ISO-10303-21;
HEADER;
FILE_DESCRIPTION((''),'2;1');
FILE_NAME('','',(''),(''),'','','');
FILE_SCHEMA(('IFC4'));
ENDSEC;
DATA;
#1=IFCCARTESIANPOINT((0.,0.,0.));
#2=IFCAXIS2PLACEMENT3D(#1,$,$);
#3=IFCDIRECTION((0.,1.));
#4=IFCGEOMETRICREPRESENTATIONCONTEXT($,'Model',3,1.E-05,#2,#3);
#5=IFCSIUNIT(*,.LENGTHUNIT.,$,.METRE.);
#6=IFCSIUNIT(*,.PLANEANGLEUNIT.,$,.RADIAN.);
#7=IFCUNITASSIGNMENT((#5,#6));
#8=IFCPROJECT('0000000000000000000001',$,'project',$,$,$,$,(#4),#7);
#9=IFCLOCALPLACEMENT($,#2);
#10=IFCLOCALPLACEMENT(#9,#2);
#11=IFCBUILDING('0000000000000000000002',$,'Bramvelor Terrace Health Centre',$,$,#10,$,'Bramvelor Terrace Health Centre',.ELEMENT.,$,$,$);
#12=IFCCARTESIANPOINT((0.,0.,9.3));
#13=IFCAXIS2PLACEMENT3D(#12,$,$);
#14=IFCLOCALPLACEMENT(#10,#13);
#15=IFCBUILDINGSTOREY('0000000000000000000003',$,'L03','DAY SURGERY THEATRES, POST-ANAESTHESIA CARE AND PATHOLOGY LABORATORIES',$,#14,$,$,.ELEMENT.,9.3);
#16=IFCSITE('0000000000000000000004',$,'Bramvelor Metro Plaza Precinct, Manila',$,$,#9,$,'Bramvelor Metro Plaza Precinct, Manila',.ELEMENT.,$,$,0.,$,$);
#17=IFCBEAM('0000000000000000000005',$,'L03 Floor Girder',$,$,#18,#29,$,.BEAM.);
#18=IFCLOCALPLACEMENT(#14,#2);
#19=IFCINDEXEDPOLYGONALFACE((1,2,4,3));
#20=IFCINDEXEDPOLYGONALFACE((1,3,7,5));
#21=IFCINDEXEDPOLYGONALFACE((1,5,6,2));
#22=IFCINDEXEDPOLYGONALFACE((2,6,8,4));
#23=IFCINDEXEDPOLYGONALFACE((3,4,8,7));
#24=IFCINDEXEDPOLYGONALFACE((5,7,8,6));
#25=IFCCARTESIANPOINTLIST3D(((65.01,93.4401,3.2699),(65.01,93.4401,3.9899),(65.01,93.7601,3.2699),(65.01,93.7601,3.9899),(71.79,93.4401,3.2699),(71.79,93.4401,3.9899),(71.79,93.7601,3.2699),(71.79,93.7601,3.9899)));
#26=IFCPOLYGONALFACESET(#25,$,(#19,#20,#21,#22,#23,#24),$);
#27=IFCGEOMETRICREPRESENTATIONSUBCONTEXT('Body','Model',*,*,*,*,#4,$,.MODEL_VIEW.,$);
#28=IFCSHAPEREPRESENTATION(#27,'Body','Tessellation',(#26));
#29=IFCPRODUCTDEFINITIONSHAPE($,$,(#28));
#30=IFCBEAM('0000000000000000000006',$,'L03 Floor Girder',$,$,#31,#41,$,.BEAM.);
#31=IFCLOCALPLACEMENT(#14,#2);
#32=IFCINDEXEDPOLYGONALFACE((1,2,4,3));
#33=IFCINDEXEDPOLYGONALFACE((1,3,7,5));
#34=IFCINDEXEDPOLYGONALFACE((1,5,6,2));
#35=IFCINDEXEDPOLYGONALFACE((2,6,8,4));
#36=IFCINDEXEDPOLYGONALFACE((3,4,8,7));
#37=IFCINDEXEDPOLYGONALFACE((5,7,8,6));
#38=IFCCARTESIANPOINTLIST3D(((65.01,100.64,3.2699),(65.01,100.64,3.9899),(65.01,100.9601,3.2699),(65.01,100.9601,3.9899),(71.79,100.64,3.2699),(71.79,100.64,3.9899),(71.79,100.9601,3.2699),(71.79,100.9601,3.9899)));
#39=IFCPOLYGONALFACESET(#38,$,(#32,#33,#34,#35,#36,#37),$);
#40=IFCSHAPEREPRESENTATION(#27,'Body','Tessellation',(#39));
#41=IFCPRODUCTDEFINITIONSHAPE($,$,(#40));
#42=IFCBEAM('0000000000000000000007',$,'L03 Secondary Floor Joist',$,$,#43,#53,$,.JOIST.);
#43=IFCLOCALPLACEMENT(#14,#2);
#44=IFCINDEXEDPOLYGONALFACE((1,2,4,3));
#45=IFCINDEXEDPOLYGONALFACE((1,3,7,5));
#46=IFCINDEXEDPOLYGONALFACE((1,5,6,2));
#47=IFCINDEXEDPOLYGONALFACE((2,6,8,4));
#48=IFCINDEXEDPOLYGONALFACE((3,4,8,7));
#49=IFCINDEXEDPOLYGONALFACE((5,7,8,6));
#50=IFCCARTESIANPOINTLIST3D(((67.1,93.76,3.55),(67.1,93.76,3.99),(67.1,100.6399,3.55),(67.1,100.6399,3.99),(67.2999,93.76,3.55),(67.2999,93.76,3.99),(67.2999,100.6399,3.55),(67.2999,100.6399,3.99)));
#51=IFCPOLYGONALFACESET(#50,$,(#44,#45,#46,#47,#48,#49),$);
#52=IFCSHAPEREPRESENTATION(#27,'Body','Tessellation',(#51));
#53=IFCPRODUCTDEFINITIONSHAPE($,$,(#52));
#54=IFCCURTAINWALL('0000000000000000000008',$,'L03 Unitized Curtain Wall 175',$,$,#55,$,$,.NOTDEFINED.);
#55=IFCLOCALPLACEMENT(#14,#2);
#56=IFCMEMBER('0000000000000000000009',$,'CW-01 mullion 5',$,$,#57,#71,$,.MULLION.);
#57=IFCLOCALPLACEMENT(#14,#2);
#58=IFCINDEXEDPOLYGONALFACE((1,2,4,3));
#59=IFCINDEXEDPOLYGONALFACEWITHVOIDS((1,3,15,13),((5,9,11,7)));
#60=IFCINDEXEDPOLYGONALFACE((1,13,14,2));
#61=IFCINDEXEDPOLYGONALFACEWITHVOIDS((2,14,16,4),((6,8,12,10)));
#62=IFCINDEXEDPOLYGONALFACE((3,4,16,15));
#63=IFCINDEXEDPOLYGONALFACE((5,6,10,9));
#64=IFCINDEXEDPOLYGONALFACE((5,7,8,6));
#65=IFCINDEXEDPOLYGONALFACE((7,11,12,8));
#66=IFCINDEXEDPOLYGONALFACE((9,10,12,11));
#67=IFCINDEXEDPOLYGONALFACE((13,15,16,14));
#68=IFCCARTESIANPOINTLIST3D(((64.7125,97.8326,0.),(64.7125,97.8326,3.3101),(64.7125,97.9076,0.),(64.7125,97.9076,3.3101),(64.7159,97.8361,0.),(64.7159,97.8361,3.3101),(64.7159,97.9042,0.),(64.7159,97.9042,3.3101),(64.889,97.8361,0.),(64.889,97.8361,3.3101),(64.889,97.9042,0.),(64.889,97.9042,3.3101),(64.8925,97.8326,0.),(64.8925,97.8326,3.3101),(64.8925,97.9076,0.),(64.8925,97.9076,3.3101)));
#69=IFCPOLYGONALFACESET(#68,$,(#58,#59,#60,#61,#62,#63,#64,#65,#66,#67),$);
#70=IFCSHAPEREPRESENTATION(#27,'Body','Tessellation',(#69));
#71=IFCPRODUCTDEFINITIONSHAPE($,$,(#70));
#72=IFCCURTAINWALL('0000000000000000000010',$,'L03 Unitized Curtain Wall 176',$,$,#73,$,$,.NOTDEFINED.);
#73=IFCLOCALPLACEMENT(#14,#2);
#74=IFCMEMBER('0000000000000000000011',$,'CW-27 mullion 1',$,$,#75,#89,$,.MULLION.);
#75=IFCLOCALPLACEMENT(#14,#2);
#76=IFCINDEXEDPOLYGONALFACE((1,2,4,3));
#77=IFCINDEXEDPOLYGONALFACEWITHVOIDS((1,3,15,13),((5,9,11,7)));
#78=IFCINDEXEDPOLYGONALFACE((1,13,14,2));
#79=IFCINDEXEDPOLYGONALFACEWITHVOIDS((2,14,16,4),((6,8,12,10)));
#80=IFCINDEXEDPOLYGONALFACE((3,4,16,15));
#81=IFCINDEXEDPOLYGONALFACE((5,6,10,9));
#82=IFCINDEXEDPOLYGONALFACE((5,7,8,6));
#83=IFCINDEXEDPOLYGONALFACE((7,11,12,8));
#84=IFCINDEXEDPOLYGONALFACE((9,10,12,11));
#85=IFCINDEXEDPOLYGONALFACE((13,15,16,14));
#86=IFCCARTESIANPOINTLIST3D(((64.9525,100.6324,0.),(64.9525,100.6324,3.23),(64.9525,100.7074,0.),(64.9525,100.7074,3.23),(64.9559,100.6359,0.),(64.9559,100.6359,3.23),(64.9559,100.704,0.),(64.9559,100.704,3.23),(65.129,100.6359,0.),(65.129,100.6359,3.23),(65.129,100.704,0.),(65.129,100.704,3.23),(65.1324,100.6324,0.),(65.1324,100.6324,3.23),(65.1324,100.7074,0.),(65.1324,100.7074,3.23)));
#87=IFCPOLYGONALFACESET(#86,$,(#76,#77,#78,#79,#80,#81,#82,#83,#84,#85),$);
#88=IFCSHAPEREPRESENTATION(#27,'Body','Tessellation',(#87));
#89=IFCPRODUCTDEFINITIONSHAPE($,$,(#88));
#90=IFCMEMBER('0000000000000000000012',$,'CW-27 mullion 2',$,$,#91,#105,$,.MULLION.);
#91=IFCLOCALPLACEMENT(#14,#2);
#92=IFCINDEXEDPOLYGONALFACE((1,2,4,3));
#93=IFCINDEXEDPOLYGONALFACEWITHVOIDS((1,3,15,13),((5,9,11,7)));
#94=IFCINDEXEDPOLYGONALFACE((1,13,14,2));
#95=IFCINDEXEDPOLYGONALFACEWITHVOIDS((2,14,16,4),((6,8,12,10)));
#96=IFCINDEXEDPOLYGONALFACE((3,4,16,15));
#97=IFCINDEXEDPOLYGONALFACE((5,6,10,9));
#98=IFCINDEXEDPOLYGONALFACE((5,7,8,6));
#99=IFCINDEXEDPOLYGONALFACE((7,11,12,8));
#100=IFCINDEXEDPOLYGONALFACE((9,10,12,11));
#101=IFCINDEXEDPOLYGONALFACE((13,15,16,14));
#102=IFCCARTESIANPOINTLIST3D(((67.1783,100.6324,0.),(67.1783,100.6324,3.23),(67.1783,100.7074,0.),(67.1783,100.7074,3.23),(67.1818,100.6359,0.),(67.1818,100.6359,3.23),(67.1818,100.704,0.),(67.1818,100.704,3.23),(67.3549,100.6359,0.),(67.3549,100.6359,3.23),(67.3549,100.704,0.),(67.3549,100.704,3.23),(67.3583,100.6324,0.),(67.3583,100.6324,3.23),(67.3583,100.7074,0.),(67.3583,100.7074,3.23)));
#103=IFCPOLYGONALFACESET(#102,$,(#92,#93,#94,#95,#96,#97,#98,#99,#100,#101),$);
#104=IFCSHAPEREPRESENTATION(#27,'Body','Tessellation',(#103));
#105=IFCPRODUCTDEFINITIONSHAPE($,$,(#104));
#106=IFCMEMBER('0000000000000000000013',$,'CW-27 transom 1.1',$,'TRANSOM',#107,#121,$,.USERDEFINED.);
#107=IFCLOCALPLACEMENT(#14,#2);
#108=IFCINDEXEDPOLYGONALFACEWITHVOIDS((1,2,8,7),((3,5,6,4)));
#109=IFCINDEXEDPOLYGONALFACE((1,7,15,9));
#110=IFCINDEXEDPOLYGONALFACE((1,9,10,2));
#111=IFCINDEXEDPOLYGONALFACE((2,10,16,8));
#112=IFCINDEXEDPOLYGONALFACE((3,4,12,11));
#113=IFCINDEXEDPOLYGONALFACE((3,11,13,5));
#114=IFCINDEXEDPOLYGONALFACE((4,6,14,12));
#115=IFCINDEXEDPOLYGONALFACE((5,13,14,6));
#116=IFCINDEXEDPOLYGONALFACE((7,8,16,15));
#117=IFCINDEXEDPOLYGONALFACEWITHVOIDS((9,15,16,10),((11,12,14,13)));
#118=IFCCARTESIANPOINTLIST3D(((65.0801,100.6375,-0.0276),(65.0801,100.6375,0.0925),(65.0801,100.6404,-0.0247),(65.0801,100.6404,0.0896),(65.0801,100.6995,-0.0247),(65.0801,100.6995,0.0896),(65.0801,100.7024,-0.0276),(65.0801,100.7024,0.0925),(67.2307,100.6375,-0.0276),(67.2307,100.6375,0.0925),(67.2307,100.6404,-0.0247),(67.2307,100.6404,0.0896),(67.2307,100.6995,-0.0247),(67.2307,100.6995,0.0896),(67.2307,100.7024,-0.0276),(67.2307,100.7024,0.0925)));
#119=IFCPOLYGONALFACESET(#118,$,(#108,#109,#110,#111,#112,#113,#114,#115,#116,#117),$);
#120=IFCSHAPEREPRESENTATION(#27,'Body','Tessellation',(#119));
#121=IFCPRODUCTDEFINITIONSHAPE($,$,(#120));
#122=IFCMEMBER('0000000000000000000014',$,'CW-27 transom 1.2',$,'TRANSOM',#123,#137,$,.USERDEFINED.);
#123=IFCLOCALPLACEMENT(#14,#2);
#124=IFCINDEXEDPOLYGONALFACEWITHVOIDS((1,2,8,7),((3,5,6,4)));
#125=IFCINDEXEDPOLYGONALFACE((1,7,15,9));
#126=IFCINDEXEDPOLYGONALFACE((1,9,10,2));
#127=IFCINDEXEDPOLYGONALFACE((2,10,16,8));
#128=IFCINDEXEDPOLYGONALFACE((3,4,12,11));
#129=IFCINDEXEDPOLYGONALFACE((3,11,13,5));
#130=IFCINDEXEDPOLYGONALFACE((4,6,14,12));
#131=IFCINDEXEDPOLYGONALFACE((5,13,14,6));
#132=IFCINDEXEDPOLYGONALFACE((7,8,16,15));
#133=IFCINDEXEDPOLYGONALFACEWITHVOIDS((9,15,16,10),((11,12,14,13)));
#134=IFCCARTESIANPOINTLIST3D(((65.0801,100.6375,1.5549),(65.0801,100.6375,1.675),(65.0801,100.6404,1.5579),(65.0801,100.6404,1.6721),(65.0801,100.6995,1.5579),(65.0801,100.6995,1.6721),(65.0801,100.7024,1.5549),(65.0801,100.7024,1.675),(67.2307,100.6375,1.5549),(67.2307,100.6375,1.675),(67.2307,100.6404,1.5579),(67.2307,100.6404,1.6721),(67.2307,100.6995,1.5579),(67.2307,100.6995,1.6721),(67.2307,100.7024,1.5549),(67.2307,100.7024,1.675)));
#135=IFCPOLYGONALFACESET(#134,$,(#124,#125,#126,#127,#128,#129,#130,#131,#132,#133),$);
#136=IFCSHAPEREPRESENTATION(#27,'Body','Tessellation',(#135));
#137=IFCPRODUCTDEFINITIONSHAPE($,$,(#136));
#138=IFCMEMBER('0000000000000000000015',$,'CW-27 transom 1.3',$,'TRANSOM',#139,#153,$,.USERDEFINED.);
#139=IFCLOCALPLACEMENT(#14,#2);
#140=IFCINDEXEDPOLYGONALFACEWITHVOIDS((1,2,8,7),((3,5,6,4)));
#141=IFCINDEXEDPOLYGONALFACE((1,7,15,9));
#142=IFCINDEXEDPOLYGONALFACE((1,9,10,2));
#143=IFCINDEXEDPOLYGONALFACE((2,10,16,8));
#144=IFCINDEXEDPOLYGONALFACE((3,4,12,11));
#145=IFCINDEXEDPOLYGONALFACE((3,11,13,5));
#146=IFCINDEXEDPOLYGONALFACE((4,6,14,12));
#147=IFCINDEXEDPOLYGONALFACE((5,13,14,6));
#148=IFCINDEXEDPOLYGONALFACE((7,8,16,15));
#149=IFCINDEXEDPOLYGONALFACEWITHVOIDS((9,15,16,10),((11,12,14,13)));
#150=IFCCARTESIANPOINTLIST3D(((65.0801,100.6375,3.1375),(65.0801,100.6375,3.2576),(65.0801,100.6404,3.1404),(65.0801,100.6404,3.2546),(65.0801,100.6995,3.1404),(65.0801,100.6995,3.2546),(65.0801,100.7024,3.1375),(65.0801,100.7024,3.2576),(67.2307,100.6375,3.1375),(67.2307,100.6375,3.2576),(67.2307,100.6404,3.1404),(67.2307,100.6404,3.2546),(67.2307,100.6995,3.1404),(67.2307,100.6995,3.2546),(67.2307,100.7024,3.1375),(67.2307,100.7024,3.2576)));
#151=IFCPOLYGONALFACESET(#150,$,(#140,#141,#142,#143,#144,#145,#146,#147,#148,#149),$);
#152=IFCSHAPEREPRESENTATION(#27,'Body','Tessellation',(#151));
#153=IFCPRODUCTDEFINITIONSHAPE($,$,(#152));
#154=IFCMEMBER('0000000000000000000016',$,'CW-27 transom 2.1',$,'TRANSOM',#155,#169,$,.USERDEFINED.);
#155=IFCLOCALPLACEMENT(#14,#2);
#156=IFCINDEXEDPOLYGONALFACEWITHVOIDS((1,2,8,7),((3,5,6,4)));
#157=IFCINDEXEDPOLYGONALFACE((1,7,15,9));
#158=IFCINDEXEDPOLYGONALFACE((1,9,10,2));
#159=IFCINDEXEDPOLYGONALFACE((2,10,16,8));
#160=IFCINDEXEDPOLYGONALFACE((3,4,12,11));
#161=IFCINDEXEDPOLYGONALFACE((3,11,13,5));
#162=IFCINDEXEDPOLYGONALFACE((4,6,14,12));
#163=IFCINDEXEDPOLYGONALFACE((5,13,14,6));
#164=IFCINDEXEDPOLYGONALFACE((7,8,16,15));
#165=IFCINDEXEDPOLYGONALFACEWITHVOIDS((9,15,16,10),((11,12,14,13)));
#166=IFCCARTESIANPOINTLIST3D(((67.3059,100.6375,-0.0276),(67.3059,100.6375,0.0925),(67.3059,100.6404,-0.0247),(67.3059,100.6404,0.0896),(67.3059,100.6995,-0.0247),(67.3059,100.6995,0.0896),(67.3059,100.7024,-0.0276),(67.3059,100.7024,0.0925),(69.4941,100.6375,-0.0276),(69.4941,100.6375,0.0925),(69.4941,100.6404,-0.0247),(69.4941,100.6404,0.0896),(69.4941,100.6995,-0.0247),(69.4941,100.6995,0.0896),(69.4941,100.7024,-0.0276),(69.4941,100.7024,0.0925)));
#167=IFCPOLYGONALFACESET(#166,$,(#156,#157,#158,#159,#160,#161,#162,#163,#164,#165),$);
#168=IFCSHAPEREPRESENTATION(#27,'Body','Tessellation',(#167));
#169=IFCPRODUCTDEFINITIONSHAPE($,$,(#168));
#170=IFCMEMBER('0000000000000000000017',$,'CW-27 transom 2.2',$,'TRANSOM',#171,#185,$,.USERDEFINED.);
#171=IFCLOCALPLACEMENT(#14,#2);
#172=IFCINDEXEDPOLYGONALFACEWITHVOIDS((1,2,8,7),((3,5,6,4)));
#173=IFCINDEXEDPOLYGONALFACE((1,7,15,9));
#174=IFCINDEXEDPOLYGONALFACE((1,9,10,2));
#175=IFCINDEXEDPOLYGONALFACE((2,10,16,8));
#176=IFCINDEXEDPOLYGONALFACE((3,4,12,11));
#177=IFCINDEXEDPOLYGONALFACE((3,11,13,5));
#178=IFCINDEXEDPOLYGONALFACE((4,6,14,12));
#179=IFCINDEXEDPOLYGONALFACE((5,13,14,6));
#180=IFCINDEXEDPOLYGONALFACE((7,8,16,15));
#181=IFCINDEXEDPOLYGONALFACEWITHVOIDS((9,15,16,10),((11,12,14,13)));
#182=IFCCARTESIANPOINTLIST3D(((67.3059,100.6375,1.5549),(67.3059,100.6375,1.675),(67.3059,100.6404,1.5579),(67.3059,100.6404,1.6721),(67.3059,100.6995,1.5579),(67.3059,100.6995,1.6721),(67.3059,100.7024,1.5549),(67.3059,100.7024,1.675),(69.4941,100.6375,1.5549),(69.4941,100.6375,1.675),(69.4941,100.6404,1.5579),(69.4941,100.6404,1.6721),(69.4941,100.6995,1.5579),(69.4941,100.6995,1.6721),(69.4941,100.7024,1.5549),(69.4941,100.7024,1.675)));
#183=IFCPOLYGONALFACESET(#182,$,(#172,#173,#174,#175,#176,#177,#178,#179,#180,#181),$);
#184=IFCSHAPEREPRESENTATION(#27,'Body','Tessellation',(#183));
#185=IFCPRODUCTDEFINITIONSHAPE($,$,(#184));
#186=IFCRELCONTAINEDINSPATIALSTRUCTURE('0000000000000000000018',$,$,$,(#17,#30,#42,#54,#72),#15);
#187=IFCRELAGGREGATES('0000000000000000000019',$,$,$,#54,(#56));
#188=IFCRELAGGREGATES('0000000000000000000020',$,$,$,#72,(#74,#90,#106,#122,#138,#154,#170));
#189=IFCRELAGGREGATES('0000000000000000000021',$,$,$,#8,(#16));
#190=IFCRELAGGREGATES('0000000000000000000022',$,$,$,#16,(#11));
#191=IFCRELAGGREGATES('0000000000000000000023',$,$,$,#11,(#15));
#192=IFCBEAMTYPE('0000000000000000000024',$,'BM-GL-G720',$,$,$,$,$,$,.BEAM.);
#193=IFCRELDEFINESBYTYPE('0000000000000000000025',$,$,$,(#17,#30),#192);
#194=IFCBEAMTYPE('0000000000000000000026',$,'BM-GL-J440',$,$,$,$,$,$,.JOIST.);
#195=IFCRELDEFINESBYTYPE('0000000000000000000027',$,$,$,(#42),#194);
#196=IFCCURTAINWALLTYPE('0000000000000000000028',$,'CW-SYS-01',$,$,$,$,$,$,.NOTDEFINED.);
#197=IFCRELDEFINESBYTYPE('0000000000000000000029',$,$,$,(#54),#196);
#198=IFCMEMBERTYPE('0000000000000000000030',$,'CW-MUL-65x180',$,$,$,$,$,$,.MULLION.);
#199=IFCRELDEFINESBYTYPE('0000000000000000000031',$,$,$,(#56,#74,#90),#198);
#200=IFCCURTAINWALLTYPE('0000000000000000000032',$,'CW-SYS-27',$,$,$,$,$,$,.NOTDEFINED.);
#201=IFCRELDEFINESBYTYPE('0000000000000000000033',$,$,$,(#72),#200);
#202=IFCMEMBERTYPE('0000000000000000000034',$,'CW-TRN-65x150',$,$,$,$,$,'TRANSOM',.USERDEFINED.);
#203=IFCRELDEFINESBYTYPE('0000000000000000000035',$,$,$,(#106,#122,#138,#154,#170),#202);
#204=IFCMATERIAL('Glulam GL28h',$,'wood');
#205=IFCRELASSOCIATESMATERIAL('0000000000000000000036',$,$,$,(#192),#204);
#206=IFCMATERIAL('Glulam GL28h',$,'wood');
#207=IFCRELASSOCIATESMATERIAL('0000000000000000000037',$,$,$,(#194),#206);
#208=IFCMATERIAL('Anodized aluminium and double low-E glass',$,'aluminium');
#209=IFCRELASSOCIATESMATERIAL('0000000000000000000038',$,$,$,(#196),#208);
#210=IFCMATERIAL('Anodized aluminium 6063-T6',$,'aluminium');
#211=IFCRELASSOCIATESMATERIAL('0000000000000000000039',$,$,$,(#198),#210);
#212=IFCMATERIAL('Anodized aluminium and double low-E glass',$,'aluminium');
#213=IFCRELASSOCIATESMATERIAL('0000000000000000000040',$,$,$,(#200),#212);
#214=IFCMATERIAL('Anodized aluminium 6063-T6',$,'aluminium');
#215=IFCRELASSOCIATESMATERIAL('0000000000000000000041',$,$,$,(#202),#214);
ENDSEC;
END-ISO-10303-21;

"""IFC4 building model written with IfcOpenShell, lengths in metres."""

from ifc_helpers import new_model, si_unit, direction, frame, origin, origin_2d, place, context, subcontext, project, spatial, rectangle, hollow_rectangle, extrude, material, material_profile, profile_set, type_object, element, aggregate, save


model = new_model("IFC4")

# Units and contexts
model_context = context("Model", 3, precision=1e-05, world=origin(), true_north=direction((0.0, 1.0)))
body_context = subcontext(model_context, "Body", "Model", "MODEL_VIEW")
ifc_project = project(units=[si_unit("LENGTHUNIT", "METRE"), si_unit("PLANEANGLEUNIT", "RADIAN")], contexts=[model_context])

# Site, building, storey
site_placement = place(None, origin())
site = spatial("IfcSite", under=ifc_project, at=site_placement, Name="Bramvelor Metro Plaza Precinct, Manila", LongName="Bramvelor Metro Plaza Precinct, Manila", CompositionType="ELEMENT", RefElevation=0.0)
building_placement = place(site_placement, origin())
building = spatial("IfcBuilding", under=site, at=building_placement, Name="Bramvelor Terrace Health Centre", LongName="Bramvelor Terrace Health Centre", CompositionType="ELEMENT")
storey_placement = place(building_placement, frame((0.0, 0.0, 9.3)))
storey = spatial("IfcBuildingStorey", under=building, at=storey_placement, Name="L03", Description="DAY SURGERY THEATRES, POST-ANAESTHESIA CARE AND PATHOLOGY LABORATORIES", CompositionType="ELEMENT", Elevation=9.3)

# Beams
ifc_material_1 = material(Name="Glulam GL28h", Category="wood")
ifc_material_profile_1 = material_profile(ifc_material_1, rectangle(XDim=0.3201, YDim=0.72, at=origin_2d()), Name="GL 320x720")
ifc_profile_set_1 = profile_set([ifc_material_profile_1], Name="Glulam GL28h")
beam_type_1 = type_object("IfcBeamType", Name="BM-GL-G720", PredefinedType="BEAM", material=ifc_profile_set_1)
for number, where, z_axis, x_axis, name in (
    (1, (65.01, 93.6001, 3.6299), (1.0, 0.0, 0.0), (0.0, 1.0, 0.0), "L03 Floor Girder"),
    (2, (65.01, 100.8, 3.6299), (1.0, 0.0, 0.0), (0.0, 1.0, 0.0), "L03 Floor Girder"),
):
    element("IfcBeam", number, at=place(storey_placement, frame(where, z_axis=z_axis, x_axis=x_axis)), inside=storey, type_object=beam_type_1, Name=name, PredefinedType="BEAM", context=body_context, shape_type="SweptSolid", body=[
        extrude(rectangle(XDim=0.3201, YDim=0.72, at=origin_2d()), origin(), (0.0, 0.0, 1.0), 6.78),
    ])
ifc_material_2 = material(Name="Glulam GL28h", Category="wood")
ifc_material_profile_2 = material_profile(ifc_material_2, rectangle(XDim=0.2, YDim=0.4399, at=origin_2d()), Name="GL 200x440")
ifc_profile_set_2 = profile_set([ifc_material_profile_2], Name="Glulam GL28h")
beam_type_2 = type_object("IfcBeamType", Name="BM-GL-J440", PredefinedType="JOIST", material=ifc_profile_set_2)
beam_placement = place(storey_placement, frame((67.2, 93.76, 3.77), z_axis=(0.0, 1.0, 0.0), x_axis=(-1.0, 0.0, 0.0)))
element("IfcBeam", 3, at=beam_placement, inside=storey, type_object=beam_type_2, Name="L03 Secondary Floor Joist", PredefinedType="JOIST", context=body_context, shape_type="SweptSolid", body=[
    extrude(rectangle(XDim=0.2, YDim=0.4399, at=origin_2d()), origin(), (0.0, 0.0, 1.0), 6.8799),
])

# Curtain wall, member
ifc_material_3 = material(Name="Anodized aluminium and double low-E glass", Category="aluminium")
curtain_wall_type_1 = type_object("IfcCurtainWallType", Name="CW-SYS-01", PredefinedType="NOTDEFINED", material=ifc_material_3)
curtain_wall_1_placement = place(storey_placement, origin())
curtain_wall_1 = element("IfcCurtainWall", 4, at=curtain_wall_1_placement, inside=storey, type_object=curtain_wall_type_1, Name="L03 Unitized Curtain Wall 175", PredefinedType="NOTDEFINED")
ifc_material_4 = material(Name="Anodized aluminium 6063-T6", Category="aluminium")
ifc_material_profile_3 = material_profile(ifc_material_4, hollow_rectangle(XDim=0.075, YDim=0.1799, WallThickness=0.0034, at=origin_2d()), Name="ALU-MUL 75x180x3.5")
ifc_profile_set_3 = profile_set([ifc_material_profile_3], Name="Anodized aluminium 6063-T6")
member_type_1 = type_object("IfcMemberType", Name="CW-MUL-65x180", PredefinedType="MULLION", material=ifc_profile_set_3)
member_1_placement = place(storey_placement, frame((64.8025, 97.8701, 0.0), z_axis=(0.0, 0.0, 1.0), x_axis=(0.0, 1.0, 0.0)))
member_1 = element("IfcMember", 5, at=member_1_placement, type_object=member_type_1, Name="CW-01 mullion 5", PredefinedType="MULLION", context=body_context, shape_type="SweptSolid", body=[
    extrude(hollow_rectangle(XDim=0.075, YDim=0.1799, WallThickness=0.0034, at=origin_2d()), origin(), (0.0, 0.0, 1.0), 3.3101),
])
aggregate(curtain_wall_1, [member_1])

# Curtain wall, members
ifc_material_5 = material(Name="Anodized aluminium and double low-E glass", Category="aluminium")
curtain_wall_type_2 = type_object("IfcCurtainWallType", Name="CW-SYS-27", PredefinedType="NOTDEFINED", material=ifc_material_5)
curtain_wall_2_placement = place(storey_placement, origin())
curtain_wall_2 = element("IfcCurtainWall", 6, at=curtain_wall_2_placement, inside=storey, type_object=curtain_wall_type_2, Name="L03 Unitized Curtain Wall 176", PredefinedType="NOTDEFINED")
member_2_placement = place(storey_placement, frame((65.0425, 100.6699, 0.0), z_axis=(0.0, 0.0, 1.0), x_axis=(0.0, 1.0, 0.0)))
member_2 = element("IfcMember", 7, at=member_2_placement, type_object=member_type_1, Name="CW-27 mullion 1", PredefinedType="MULLION", context=body_context, shape_type="SweptSolid", body=[
    extrude(hollow_rectangle(XDim=0.075, YDim=0.1799, WallThickness=0.0034, at=origin_2d()), origin(), (0.0, 0.0, 1.0), 3.23),
])
member_3_placement = place(storey_placement, frame((67.2683, 100.6699, 0.0), z_axis=(0.0, 0.0, 1.0), x_axis=(0.0, 1.0, 0.0)))
member_3 = element("IfcMember", 8, at=member_3_placement, type_object=member_type_1, Name="CW-27 mullion 2", PredefinedType="MULLION", context=body_context, shape_type="SweptSolid", body=[
    extrude(hollow_rectangle(XDim=0.075, YDim=0.1799, WallThickness=0.0034, at=origin_2d()), origin(), (0.0, 0.0, 1.0), 3.23),
])
ifc_material_6 = material(Name="Anodized aluminium 6063-T6", Category="aluminium")
ifc_material_profile_4 = material_profile(ifc_material_6, hollow_rectangle(XDim=0.0649, YDim=0.1201, WallThickness=0.0029, at=origin_2d()), Name="ALU-TRN 65x120x3.0")
ifc_profile_set_4 = profile_set([ifc_material_profile_4], Name="Anodized aluminium 6063-T6")
member_type_2 = type_object("IfcMemberType", Name="CW-TRN-65x150", ElementType="TRANSOM", PredefinedType="USERDEFINED", material=ifc_profile_set_4)
member_4_placement = place(storey_placement, frame((65.0801, 100.6699, 0.0325), z_axis=(1.0, 0.0, 0.0), x_axis=(0.0, 1.0, 0.0)))
member_4 = element("IfcMember", 9, at=member_4_placement, type_object=member_type_2, Name="CW-27 transom 1.1", ObjectType="TRANSOM", PredefinedType="USERDEFINED", context=body_context, shape_type="SweptSolid", body=[
    extrude(hollow_rectangle(XDim=0.0649, YDim=0.1201, WallThickness=0.0029, at=origin_2d()), origin(), (0.0, 0.0, 1.0), 2.1506),
])
member_5_placement = place(storey_placement, frame((65.0801, 100.6699, 1.615), z_axis=(1.0, 0.0, 0.0), x_axis=(0.0, 1.0, 0.0)))
member_5 = element("IfcMember", 10, at=member_5_placement, type_object=member_type_2, Name="CW-27 transom 1.2", ObjectType="TRANSOM", PredefinedType="USERDEFINED", context=body_context, shape_type="SweptSolid", body=[
    extrude(hollow_rectangle(XDim=0.0649, YDim=0.1201, WallThickness=0.0029, at=origin_2d()), origin(), (0.0, 0.0, 1.0), 2.1506),
])
member_6_placement = place(storey_placement, frame((65.0801, 100.6699, 3.1975), z_axis=(1.0, 0.0, 0.0), x_axis=(0.0, 1.0, 0.0)))
member_6 = element("IfcMember", 11, at=member_6_placement, type_object=member_type_2, Name="CW-27 transom 1.3", ObjectType="TRANSOM", PredefinedType="USERDEFINED", context=body_context, shape_type="SweptSolid", body=[
    extrude(hollow_rectangle(XDim=0.0649, YDim=0.1201, WallThickness=0.0029, at=origin_2d()), origin(), (0.0, 0.0, 1.0), 2.1506),
])
member_7_placement = place(storey_placement, frame((67.3059, 100.6699, 0.0325), z_axis=(1.0, 0.0, 0.0), x_axis=(0.0, 1.0, 0.0)))
member_7 = element("IfcMember", 12, at=member_7_placement, type_object=member_type_2, Name="CW-27 transom 2.1", ObjectType="TRANSOM", PredefinedType="USERDEFINED", context=body_context, shape_type="SweptSolid", body=[
    extrude(hollow_rectangle(XDim=0.0649, YDim=0.1201, WallThickness=0.0029, at=origin_2d()), origin(), (0.0, 0.0, 1.0), 2.1882),
])
member_8_placement = place(storey_placement, frame((67.3059, 100.6699, 1.615), z_axis=(1.0, 0.0, 0.0), x_axis=(0.0, 1.0, 0.0)))
member_8 = element("IfcMember", 13, at=member_8_placement, type_object=member_type_2, Name="CW-27 transom 2.2", ObjectType="TRANSOM", PredefinedType="USERDEFINED", context=body_context, shape_type="SweptSolid", body=[
    extrude(hollow_rectangle(XDim=0.0649, YDim=0.1201, WallThickness=0.0029, at=origin_2d()), origin(), (0.0, 0.0, 1.0), 2.1882),
])
aggregate(curtain_wall_2, [member_2, member_3, member_4, member_5, member_6, member_7, member_8])

save(model, "model.ifc")
